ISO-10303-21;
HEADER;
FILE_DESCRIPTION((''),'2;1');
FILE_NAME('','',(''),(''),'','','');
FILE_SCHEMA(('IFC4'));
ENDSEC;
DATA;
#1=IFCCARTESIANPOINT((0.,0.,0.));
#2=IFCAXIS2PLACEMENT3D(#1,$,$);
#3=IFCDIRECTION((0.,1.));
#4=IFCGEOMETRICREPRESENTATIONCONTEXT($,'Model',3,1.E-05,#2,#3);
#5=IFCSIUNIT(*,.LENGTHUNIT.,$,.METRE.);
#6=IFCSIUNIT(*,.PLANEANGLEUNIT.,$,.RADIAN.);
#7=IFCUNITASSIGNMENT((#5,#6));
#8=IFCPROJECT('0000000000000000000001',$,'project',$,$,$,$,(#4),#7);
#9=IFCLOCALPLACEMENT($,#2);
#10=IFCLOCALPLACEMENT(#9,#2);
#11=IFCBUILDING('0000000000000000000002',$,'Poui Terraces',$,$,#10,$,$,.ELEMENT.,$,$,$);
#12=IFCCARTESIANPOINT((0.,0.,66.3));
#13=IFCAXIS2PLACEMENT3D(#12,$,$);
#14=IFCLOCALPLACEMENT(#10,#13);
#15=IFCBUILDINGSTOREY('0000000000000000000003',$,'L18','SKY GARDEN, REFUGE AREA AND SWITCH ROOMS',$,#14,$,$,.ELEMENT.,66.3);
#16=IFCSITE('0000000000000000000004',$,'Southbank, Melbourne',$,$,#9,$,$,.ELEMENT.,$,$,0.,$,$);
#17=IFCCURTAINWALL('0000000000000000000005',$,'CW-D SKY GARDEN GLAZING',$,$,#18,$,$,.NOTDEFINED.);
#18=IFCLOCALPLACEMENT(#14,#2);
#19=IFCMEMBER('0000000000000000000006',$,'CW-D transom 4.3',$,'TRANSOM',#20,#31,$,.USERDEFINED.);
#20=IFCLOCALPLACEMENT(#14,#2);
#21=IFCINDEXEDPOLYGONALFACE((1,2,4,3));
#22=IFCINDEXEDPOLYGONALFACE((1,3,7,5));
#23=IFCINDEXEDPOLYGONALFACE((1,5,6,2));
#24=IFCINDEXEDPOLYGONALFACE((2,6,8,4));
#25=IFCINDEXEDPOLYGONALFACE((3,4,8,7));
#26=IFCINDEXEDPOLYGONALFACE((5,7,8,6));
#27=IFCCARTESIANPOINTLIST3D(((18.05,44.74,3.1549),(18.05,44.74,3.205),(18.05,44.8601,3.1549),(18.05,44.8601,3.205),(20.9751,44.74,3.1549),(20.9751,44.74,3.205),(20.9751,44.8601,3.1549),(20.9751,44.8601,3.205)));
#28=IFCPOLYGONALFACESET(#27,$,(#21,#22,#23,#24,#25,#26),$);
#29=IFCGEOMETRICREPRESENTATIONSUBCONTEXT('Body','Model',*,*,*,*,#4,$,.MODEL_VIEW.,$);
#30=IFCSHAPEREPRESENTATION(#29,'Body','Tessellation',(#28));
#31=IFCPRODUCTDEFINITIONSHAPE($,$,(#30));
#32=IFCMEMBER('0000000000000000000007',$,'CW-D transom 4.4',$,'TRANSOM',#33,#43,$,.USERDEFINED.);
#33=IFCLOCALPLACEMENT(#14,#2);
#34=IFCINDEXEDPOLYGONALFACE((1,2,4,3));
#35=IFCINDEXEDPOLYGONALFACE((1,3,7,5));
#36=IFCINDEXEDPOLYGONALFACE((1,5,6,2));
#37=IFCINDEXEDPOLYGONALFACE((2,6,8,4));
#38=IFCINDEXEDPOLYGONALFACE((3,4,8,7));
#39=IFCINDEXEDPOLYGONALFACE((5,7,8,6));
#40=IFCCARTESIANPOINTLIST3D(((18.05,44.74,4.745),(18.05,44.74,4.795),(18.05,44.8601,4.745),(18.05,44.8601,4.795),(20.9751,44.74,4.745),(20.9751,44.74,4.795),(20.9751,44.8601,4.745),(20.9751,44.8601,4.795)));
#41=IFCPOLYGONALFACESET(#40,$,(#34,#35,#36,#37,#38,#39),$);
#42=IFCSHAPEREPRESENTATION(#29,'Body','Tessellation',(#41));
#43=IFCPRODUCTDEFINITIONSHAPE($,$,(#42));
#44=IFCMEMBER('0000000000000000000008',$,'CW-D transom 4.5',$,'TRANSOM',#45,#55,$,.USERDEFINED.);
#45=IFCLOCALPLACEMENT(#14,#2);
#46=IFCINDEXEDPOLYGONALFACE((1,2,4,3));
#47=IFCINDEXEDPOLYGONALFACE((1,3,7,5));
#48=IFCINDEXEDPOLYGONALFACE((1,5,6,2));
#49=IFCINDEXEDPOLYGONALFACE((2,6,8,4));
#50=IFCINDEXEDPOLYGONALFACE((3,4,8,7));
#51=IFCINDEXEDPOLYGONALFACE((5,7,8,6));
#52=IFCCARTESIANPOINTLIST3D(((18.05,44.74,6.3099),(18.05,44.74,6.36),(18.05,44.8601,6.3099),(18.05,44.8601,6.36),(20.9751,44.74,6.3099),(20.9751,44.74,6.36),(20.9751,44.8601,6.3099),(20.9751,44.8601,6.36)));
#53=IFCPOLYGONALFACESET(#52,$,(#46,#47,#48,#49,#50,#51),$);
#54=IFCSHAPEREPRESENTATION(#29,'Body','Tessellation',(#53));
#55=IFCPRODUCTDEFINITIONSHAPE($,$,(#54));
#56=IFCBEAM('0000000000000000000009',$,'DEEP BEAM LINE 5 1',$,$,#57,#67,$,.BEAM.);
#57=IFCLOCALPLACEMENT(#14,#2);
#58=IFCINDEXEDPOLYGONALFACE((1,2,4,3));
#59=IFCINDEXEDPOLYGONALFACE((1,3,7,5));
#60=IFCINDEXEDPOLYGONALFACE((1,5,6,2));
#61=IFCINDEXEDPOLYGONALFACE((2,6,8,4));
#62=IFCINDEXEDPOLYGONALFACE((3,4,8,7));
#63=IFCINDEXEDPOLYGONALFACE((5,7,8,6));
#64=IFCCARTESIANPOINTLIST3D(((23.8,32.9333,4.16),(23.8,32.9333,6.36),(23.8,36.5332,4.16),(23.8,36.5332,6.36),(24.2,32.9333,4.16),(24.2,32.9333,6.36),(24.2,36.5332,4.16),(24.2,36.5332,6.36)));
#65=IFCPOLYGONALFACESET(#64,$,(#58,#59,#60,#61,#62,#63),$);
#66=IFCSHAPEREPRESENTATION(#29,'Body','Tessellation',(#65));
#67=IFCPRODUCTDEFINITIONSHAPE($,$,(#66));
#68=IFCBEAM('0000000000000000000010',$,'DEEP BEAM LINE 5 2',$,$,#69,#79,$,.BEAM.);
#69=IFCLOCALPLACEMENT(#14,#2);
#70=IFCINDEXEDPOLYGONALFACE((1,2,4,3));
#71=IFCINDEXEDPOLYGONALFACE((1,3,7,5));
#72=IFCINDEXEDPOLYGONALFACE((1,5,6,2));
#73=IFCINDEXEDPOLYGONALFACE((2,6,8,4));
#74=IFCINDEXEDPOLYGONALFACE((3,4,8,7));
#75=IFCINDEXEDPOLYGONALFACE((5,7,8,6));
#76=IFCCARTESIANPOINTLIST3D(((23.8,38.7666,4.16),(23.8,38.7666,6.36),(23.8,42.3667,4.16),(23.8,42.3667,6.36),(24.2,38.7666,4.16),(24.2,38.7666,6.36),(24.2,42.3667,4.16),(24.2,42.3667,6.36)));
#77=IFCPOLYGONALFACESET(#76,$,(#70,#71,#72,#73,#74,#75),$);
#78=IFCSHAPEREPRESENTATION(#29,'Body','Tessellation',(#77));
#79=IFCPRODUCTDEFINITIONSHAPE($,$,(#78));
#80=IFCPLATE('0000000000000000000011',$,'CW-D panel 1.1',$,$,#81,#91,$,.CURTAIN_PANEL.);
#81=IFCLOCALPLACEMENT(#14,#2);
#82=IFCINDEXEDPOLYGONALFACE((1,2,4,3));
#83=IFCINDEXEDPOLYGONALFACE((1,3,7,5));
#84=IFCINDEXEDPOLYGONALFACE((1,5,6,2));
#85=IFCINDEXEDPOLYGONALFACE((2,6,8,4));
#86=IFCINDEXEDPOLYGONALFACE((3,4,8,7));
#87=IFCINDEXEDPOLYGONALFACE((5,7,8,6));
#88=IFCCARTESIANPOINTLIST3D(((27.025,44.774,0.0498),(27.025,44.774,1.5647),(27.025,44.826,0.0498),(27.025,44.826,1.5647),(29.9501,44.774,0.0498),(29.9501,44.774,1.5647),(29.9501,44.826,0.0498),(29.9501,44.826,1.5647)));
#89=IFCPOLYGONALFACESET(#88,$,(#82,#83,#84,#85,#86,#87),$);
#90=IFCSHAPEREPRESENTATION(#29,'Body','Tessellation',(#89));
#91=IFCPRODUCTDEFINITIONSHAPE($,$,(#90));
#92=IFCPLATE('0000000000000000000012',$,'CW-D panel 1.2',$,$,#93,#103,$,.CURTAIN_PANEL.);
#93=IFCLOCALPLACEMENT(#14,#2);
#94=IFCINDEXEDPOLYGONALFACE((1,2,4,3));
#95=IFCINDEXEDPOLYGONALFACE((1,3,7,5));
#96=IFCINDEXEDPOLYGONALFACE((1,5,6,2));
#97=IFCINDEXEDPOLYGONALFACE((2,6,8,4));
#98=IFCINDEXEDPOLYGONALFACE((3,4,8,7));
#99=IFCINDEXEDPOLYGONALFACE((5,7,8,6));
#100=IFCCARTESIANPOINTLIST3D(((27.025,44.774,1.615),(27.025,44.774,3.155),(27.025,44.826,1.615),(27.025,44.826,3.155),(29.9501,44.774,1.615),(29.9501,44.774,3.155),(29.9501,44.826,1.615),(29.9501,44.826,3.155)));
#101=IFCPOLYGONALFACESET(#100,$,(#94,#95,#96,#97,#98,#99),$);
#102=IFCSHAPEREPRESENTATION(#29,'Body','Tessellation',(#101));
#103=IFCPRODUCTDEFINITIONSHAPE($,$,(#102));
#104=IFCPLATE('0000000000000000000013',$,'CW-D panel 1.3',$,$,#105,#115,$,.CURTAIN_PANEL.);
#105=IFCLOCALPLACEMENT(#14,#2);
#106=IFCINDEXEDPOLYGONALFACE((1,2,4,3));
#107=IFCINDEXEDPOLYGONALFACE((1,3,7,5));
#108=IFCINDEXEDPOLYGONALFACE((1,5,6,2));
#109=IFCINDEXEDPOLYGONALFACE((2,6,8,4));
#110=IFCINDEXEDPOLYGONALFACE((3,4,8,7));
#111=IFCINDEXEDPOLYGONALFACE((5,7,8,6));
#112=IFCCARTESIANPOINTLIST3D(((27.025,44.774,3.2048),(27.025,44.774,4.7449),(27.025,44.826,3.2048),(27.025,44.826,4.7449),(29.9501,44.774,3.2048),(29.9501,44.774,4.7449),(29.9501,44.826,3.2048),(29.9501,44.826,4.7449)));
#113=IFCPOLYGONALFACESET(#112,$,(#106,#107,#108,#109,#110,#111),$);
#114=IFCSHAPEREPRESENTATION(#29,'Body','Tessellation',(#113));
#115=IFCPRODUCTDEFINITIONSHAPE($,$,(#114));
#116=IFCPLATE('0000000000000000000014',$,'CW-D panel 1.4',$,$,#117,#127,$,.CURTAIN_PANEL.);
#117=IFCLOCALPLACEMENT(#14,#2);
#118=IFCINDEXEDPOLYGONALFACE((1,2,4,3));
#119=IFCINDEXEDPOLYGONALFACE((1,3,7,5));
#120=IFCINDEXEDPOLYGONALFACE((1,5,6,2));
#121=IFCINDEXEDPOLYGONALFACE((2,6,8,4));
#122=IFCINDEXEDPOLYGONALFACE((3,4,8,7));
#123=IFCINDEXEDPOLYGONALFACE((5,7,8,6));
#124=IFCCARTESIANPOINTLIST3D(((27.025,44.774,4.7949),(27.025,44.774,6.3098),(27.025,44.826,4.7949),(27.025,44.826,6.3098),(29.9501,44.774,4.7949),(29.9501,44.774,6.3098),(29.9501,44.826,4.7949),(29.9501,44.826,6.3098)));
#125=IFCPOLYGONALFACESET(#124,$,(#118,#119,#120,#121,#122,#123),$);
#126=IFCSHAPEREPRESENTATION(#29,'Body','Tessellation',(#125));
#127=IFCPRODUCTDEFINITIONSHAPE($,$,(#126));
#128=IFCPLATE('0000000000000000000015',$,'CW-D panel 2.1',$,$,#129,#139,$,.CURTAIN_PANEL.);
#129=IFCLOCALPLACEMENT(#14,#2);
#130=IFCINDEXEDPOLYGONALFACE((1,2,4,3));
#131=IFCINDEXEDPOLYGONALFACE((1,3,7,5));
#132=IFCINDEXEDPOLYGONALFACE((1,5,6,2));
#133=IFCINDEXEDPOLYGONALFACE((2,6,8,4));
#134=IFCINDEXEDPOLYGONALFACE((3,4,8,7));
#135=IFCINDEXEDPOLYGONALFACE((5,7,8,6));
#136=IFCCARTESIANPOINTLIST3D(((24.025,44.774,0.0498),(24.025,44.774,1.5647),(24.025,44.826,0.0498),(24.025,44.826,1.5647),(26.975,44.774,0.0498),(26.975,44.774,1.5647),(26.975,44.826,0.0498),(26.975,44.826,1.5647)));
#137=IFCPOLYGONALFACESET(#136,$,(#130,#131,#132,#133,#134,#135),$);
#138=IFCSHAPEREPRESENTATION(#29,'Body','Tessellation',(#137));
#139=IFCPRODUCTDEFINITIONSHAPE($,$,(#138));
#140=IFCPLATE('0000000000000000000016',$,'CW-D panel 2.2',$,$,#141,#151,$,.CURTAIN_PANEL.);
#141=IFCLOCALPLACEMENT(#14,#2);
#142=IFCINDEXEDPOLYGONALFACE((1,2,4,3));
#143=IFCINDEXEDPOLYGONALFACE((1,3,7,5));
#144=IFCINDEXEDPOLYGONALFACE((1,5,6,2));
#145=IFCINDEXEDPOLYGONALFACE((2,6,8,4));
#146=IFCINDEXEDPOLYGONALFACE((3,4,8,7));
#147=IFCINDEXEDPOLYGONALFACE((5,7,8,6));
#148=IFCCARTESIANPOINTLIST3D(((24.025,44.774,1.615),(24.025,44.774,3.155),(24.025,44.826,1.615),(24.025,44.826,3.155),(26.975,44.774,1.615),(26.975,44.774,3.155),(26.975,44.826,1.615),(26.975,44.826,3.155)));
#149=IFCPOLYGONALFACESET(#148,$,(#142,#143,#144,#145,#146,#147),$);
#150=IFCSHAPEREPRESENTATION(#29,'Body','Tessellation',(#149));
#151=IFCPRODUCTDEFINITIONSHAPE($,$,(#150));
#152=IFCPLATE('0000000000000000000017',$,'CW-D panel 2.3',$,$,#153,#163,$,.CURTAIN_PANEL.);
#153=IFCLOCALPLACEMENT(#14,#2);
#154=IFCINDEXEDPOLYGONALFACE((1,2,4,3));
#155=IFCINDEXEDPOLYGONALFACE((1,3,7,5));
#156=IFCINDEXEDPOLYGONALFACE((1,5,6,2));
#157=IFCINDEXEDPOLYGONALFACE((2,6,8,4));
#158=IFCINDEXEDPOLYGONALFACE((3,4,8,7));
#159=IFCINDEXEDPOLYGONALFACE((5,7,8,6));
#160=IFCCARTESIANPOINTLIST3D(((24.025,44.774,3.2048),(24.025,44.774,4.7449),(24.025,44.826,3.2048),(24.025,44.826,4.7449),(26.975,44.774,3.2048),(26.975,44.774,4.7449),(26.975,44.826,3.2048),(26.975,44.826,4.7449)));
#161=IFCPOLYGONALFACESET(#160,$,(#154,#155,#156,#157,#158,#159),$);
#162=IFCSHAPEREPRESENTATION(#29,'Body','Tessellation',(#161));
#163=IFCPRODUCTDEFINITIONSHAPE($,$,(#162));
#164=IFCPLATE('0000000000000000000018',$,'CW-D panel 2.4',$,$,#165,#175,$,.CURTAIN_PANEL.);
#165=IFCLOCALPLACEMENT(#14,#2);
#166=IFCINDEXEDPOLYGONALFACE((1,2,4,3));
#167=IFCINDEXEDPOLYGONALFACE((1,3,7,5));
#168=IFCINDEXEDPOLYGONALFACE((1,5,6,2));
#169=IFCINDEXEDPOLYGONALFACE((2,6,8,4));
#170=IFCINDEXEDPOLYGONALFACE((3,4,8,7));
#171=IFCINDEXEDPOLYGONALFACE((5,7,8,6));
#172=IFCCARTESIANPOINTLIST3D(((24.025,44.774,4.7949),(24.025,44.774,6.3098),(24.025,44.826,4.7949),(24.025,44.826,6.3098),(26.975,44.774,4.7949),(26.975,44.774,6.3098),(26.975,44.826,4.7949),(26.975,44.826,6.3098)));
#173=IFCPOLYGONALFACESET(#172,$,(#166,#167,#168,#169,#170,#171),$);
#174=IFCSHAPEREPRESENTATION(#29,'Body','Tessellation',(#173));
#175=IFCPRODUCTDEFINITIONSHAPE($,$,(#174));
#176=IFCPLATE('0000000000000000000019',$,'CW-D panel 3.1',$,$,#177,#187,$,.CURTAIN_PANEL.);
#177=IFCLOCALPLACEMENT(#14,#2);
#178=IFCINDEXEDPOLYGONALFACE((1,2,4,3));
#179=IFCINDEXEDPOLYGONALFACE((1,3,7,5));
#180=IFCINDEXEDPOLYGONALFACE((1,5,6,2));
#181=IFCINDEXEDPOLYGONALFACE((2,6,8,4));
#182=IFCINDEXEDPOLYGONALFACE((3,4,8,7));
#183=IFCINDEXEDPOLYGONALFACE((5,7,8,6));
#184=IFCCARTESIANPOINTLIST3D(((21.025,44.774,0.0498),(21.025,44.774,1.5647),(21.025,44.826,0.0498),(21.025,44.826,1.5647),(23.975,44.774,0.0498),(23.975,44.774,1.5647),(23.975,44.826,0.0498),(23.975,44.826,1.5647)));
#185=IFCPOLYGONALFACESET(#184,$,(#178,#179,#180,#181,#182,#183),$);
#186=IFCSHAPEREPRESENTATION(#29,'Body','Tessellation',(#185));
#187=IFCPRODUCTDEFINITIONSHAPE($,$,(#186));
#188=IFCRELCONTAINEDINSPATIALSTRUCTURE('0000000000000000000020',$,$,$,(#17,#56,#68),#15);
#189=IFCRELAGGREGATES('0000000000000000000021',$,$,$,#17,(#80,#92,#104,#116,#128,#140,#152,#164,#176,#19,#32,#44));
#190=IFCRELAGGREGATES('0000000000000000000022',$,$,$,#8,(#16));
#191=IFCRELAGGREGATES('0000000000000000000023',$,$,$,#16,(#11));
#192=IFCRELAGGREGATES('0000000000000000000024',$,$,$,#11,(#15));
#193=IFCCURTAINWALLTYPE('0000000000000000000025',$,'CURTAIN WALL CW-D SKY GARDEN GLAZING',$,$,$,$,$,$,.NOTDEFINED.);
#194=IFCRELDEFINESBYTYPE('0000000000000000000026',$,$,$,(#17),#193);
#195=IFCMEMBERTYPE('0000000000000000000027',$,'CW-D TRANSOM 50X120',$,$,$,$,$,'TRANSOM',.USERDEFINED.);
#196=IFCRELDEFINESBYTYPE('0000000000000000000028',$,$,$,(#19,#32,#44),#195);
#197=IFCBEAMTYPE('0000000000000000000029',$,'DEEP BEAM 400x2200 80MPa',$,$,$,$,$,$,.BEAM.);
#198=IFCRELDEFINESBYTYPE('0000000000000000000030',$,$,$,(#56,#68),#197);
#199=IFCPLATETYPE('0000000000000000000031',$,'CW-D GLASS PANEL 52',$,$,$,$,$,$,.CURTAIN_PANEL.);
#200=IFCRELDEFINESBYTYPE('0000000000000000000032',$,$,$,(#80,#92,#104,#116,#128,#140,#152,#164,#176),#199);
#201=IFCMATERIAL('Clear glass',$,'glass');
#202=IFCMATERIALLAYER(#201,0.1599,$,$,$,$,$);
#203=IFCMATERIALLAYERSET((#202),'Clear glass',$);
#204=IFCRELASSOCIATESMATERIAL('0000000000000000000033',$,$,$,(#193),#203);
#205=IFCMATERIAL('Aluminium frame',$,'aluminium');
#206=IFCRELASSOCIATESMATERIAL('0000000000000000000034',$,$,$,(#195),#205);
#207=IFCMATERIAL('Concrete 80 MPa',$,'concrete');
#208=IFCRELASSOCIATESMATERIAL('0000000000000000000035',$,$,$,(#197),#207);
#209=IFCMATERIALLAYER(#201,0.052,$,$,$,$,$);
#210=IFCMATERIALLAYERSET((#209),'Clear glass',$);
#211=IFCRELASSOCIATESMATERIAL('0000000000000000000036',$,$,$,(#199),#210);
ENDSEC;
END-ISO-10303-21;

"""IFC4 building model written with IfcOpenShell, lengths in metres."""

from ifc_helpers import new_model, si_unit, direction, frame, origin, origin_2d, place, context, subcontext, project, spatial, rectangle, extrude, source, transform, mapped, material, layer, layer_set, material_profile, profile_set, type_object, element, aggregate, save


model = new_model("IFC4")

# Units and contexts
model_context = context("Model", 3, precision=1e-05, world=origin(), true_north=direction((0.0, 1.0)))
body_context = subcontext(model_context, "Body", "Model", "MODEL_VIEW")
ifc_project = project(units=[si_unit("LENGTHUNIT", "METRE"), si_unit("PLANEANGLEUNIT", "RADIAN")], contexts=[model_context])

# Site, building, storey
site_placement = place(None, origin())
site = spatial("IfcSite", under=ifc_project, at=site_placement, Name="Southbank, Melbourne", CompositionType="ELEMENT", RefElevation=0.0)
building_placement = place(site_placement, origin())
building = spatial("IfcBuilding", under=site, at=building_placement, Name="Poui Terraces", CompositionType="ELEMENT")
storey_placement = place(building_placement, frame((0.0, 0.0, 66.3)))
storey = spatial("IfcBuildingStorey", under=building, at=storey_placement, Name="L18", Description="SKY GARDEN, REFUGE AREA AND SWITCH ROOMS", CompositionType="ELEMENT", Elevation=66.3)

# Curtain wall, members
ifc_material_1 = material(Name="Clear glass", Category="glass")
ifc_layer_1 = layer(ifc_material_1, 0.1599)
ifc_layer_set_1 = layer_set([ifc_layer_1], Name="Clear glass")
curtain_wall_type = type_object("IfcCurtainWallType", Name="CURTAIN WALL CW-D SKY GARDEN GLAZING", PredefinedType="NOTDEFINED", material=ifc_layer_set_1)
curtain_wall_placement = place(storey_placement, origin())
curtain_wall = element("IfcCurtainWall", 1, at=curtain_wall_placement, inside=storey, type_object=curtain_wall_type, Name="CW-D SKY GARDEN GLAZING", PredefinedType="NOTDEFINED")
ifc_material_2 = material(Name="Aluminium frame", Category="aluminium")
ifc_material_profile_1 = material_profile(ifc_material_2, rectangle(XDim=0.1201, YDim=0.05, at=origin_2d()), Name="CW-D TRANSOM 50X120")
ifc_profile_set_1 = profile_set([ifc_material_profile_1], Name="Aluminium frame")
member_type_1 = type_object("IfcMemberType", Name="CW-D TRANSOM 50X120", ElementType="TRANSOM", PredefinedType="USERDEFINED", material=ifc_profile_set_1)
member_1_placement = place(storey_placement, frame((20.9751, 44.8, 3.1799), z_axis=(-1.0, 0.0, 0.0), x_axis=(0.0, -1.0, 0.0)))
member_1 = element("IfcMember", 2, at=member_1_placement, type_object=member_type_1, Name="CW-D transom 4.3", ObjectType="TRANSOM", PredefinedType="USERDEFINED", context=body_context, shape_type="SweptSolid", body=[
    extrude(rectangle(XDim=0.1201, YDim=0.05, at=origin_2d()), origin(), (0.0, 0.0, 1.0), 2.925),
])
member_2_placement = place(storey_placement, frame((20.9751, 44.8, 4.77), z_axis=(-1.0, 0.0, 0.0), x_axis=(0.0, -1.0, 0.0)))
member_2 = element("IfcMember", 3, at=member_2_placement, type_object=member_type_1, Name="CW-D transom 4.4", ObjectType="TRANSOM", PredefinedType="USERDEFINED", context=body_context, shape_type="SweptSolid", body=[
    extrude(rectangle(XDim=0.1201, YDim=0.05, at=origin_2d()), origin(), (0.0, 0.0, 1.0), 2.925),
])
member_3_placement = place(storey_placement, frame((20.9751, 44.8, 6.335), z_axis=(-1.0, 0.0, 0.0), x_axis=(0.0, -1.0, 0.0)))
member_3 = element("IfcMember", 4, at=member_3_placement, type_object=member_type_1, Name="CW-D transom 4.5", ObjectType="TRANSOM", PredefinedType="USERDEFINED", context=body_context, shape_type="SweptSolid", body=[
    extrude(rectangle(XDim=0.1201, YDim=0.05, at=origin_2d()), origin(), (0.0, 0.0, 1.0), 2.925),
])

# Beams
ifc_material_3 = material(Name="Concrete 80 MPa", Category="concrete")
ifc_material_profile_2 = material_profile(ifc_material_3, rectangle(XDim=0.3999, YDim=2.2, at=origin_2d()), Name="RC 400x2200")
ifc_profile_set_2 = profile_set([ifc_material_profile_2], Name="Concrete 80 MPa")
beam_type = type_object("IfcBeamType", Name="DEEP BEAM 400x2200 80MPa", PredefinedType="BEAM", material=ifc_profile_set_2)
shared_shape_1 = source(origin(), body_context, "Body", "SweptSolid", [
    extrude(rectangle(XDim=0.3999, YDim=2.2, at=origin_2d()), origin(), (0.0, 0.0, 1.0), 3.5999),
])
beam_1_placement = place(storey_placement, frame((24.0, 32.9333, 5.26), z_axis=(0.0, 1.0, 0.0), x_axis=(-1.0, 0.0, 0.0)))
element("IfcBeam", 5, at=beam_1_placement, inside=storey, type_object=beam_type, Name="DEEP BEAM LINE 5 1", PredefinedType="BEAM", context=body_context, shape_type="MappedRepresentation", body=[
    mapped(shared_shape_1, transform((0.0, 0.0, 0.0))),
])
shared_shape_2 = source(origin(), body_context, "Body", "SweptSolid", [
    extrude(rectangle(XDim=0.3999, YDim=2.2, at=origin_2d()), origin(), (0.0, 0.0, 1.0), 3.6001),
])
beam_2_placement = place(storey_placement, frame((24.0, 38.7666, 5.26), z_axis=(0.0, 1.0, 0.0), x_axis=(-1.0, 0.0, 0.0)))
element("IfcBeam", 6, at=beam_2_placement, inside=storey, type_object=beam_type, Name="DEEP BEAM LINE 5 2", PredefinedType="BEAM", context=body_context, shape_type="MappedRepresentation", body=[
    mapped(shared_shape_2, transform((0.0, 0.0, 0.0))),
])

# Plates
ifc_layer_2 = layer(ifc_material_1, 0.052)
ifc_layer_set_2 = layer_set([ifc_layer_2], Name="Clear glass")
plate_type = type_object("IfcPlateType", Name="CW-D GLASS PANEL 52", PredefinedType="CURTAIN_PANEL", material=ifc_layer_set_2)
plate_1_placement = place(storey_placement, frame((28.4875, 44.8, 0.0498), z_axis=(0.0, 0.0, 1.0), x_axis=(-1.0, 0.0, 0.0)))
plate_1 = element("IfcPlate", 7, at=plate_1_placement, type_object=plate_type, Name="CW-D panel 1.1", PredefinedType="CURTAIN_PANEL", context=body_context, shape_type="SweptSolid", body=[
    extrude(rectangle(XDim=2.925, YDim=0.052, at=origin_2d()), origin(), (0.0, 0.0, 1.0), 1.5149),
])
plate_2_placement = place(storey_placement, frame((28.4875, 44.8, 1.615), z_axis=(0.0, 0.0, 1.0), x_axis=(-1.0, 0.0, 0.0)))
plate_2 = element("IfcPlate", 8, at=plate_2_placement, type_object=plate_type, Name="CW-D panel 1.2", PredefinedType="CURTAIN_PANEL", context=body_context, shape_type="SweptSolid", body=[
    extrude(rectangle(XDim=2.925, YDim=0.052, at=origin_2d()), origin(), (0.0, 0.0, 1.0), 1.54),
])
plate_3_placement = place(storey_placement, frame((28.4875, 44.8, 3.2048), z_axis=(0.0, 0.0, 1.0), x_axis=(-1.0, 0.0, 0.0)))
plate_3 = element("IfcPlate", 9, at=plate_3_placement, type_object=plate_type, Name="CW-D panel 1.3", PredefinedType="CURTAIN_PANEL", context=body_context, shape_type="SweptSolid", body=[
    extrude(rectangle(XDim=2.925, YDim=0.052, at=origin_2d()), origin(), (0.0, 0.0, 1.0), 1.54),
])
plate_4_placement = place(storey_placement, frame((28.4875, 44.8, 4.7949), z_axis=(0.0, 0.0, 1.0), x_axis=(-1.0, 0.0, 0.0)))
plate_4 = element("IfcPlate", 10, at=plate_4_placement, type_object=plate_type, Name="CW-D panel 1.4", PredefinedType="CURTAIN_PANEL", context=body_context, shape_type="SweptSolid", body=[
    extrude(rectangle(XDim=2.925, YDim=0.052, at=origin_2d()), origin(), (0.0, 0.0, 1.0), 1.5149),
])
plate_5_placement = place(storey_placement, frame((25.5, 44.8, 0.0498), z_axis=(0.0, 0.0, 1.0), x_axis=(-1.0, 0.0, 0.0)))
plate_5 = element("IfcPlate", 11, at=plate_5_placement, type_object=plate_type, Name="CW-D panel 2.1", PredefinedType="CURTAIN_PANEL", context=body_context, shape_type="SweptSolid", body=[
    extrude(rectangle(XDim=2.95, YDim=0.052, at=origin_2d()), origin(), (0.0, 0.0, 1.0), 1.5149),
])
plate_6_placement = place(storey_placement, frame((25.5, 44.8, 1.615), z_axis=(0.0, 0.0, 1.0), x_axis=(-1.0, 0.0, 0.0)))
plate_6 = element("IfcPlate", 12, at=plate_6_placement, type_object=plate_type, Name="CW-D panel 2.2", PredefinedType="CURTAIN_PANEL", context=body_context, shape_type="SweptSolid", body=[
    extrude(rectangle(XDim=2.95, YDim=0.052, at=origin_2d()), origin(), (0.0, 0.0, 1.0), 1.54),
])
plate_7_placement = place(storey_placement, frame((25.5, 44.8, 3.2048), z_axis=(0.0, 0.0, 1.0), x_axis=(-1.0, 0.0, 0.0)))
plate_7 = element("IfcPlate", 13, at=plate_7_placement, type_object=plate_type, Name="CW-D panel 2.3", PredefinedType="CURTAIN_PANEL", context=body_context, shape_type="SweptSolid", body=[
    extrude(rectangle(XDim=2.95, YDim=0.052, at=origin_2d()), origin(), (0.0, 0.0, 1.0), 1.54),
])
plate_8_placement = place(storey_placement, frame((25.5, 44.8, 4.7949), z_axis=(0.0, 0.0, 1.0), x_axis=(-1.0, 0.0, 0.0)))
plate_8 = element("IfcPlate", 14, at=plate_8_placement, type_object=plate_type, Name="CW-D panel 2.4", PredefinedType="CURTAIN_PANEL", context=body_context, shape_type="SweptSolid", body=[
    extrude(rectangle(XDim=2.95, YDim=0.052, at=origin_2d()), origin(), (0.0, 0.0, 1.0), 1.5149),
])
plate_9_placement = place(storey_placement, frame((22.5, 44.8, 0.0498), z_axis=(0.0, 0.0, 1.0), x_axis=(-1.0, 0.0, 0.0)))
plate_9 = element("IfcPlate", 15, at=plate_9_placement, type_object=plate_type, Name="CW-D panel 3.1", PredefinedType="CURTAIN_PANEL", context=body_context, shape_type="SweptSolid", body=[
    extrude(rectangle(XDim=2.95, YDim=0.052, at=origin_2d()), origin(), (0.0, 0.0, 1.0), 1.5149),
])
aggregate(curtain_wall, [plate_1, plate_2, plate_3, plate_4, plate_5, plate_6, plate_7, plate_8, plate_9, member_1, member_2, member_3])

save(model, "model.ifc")
